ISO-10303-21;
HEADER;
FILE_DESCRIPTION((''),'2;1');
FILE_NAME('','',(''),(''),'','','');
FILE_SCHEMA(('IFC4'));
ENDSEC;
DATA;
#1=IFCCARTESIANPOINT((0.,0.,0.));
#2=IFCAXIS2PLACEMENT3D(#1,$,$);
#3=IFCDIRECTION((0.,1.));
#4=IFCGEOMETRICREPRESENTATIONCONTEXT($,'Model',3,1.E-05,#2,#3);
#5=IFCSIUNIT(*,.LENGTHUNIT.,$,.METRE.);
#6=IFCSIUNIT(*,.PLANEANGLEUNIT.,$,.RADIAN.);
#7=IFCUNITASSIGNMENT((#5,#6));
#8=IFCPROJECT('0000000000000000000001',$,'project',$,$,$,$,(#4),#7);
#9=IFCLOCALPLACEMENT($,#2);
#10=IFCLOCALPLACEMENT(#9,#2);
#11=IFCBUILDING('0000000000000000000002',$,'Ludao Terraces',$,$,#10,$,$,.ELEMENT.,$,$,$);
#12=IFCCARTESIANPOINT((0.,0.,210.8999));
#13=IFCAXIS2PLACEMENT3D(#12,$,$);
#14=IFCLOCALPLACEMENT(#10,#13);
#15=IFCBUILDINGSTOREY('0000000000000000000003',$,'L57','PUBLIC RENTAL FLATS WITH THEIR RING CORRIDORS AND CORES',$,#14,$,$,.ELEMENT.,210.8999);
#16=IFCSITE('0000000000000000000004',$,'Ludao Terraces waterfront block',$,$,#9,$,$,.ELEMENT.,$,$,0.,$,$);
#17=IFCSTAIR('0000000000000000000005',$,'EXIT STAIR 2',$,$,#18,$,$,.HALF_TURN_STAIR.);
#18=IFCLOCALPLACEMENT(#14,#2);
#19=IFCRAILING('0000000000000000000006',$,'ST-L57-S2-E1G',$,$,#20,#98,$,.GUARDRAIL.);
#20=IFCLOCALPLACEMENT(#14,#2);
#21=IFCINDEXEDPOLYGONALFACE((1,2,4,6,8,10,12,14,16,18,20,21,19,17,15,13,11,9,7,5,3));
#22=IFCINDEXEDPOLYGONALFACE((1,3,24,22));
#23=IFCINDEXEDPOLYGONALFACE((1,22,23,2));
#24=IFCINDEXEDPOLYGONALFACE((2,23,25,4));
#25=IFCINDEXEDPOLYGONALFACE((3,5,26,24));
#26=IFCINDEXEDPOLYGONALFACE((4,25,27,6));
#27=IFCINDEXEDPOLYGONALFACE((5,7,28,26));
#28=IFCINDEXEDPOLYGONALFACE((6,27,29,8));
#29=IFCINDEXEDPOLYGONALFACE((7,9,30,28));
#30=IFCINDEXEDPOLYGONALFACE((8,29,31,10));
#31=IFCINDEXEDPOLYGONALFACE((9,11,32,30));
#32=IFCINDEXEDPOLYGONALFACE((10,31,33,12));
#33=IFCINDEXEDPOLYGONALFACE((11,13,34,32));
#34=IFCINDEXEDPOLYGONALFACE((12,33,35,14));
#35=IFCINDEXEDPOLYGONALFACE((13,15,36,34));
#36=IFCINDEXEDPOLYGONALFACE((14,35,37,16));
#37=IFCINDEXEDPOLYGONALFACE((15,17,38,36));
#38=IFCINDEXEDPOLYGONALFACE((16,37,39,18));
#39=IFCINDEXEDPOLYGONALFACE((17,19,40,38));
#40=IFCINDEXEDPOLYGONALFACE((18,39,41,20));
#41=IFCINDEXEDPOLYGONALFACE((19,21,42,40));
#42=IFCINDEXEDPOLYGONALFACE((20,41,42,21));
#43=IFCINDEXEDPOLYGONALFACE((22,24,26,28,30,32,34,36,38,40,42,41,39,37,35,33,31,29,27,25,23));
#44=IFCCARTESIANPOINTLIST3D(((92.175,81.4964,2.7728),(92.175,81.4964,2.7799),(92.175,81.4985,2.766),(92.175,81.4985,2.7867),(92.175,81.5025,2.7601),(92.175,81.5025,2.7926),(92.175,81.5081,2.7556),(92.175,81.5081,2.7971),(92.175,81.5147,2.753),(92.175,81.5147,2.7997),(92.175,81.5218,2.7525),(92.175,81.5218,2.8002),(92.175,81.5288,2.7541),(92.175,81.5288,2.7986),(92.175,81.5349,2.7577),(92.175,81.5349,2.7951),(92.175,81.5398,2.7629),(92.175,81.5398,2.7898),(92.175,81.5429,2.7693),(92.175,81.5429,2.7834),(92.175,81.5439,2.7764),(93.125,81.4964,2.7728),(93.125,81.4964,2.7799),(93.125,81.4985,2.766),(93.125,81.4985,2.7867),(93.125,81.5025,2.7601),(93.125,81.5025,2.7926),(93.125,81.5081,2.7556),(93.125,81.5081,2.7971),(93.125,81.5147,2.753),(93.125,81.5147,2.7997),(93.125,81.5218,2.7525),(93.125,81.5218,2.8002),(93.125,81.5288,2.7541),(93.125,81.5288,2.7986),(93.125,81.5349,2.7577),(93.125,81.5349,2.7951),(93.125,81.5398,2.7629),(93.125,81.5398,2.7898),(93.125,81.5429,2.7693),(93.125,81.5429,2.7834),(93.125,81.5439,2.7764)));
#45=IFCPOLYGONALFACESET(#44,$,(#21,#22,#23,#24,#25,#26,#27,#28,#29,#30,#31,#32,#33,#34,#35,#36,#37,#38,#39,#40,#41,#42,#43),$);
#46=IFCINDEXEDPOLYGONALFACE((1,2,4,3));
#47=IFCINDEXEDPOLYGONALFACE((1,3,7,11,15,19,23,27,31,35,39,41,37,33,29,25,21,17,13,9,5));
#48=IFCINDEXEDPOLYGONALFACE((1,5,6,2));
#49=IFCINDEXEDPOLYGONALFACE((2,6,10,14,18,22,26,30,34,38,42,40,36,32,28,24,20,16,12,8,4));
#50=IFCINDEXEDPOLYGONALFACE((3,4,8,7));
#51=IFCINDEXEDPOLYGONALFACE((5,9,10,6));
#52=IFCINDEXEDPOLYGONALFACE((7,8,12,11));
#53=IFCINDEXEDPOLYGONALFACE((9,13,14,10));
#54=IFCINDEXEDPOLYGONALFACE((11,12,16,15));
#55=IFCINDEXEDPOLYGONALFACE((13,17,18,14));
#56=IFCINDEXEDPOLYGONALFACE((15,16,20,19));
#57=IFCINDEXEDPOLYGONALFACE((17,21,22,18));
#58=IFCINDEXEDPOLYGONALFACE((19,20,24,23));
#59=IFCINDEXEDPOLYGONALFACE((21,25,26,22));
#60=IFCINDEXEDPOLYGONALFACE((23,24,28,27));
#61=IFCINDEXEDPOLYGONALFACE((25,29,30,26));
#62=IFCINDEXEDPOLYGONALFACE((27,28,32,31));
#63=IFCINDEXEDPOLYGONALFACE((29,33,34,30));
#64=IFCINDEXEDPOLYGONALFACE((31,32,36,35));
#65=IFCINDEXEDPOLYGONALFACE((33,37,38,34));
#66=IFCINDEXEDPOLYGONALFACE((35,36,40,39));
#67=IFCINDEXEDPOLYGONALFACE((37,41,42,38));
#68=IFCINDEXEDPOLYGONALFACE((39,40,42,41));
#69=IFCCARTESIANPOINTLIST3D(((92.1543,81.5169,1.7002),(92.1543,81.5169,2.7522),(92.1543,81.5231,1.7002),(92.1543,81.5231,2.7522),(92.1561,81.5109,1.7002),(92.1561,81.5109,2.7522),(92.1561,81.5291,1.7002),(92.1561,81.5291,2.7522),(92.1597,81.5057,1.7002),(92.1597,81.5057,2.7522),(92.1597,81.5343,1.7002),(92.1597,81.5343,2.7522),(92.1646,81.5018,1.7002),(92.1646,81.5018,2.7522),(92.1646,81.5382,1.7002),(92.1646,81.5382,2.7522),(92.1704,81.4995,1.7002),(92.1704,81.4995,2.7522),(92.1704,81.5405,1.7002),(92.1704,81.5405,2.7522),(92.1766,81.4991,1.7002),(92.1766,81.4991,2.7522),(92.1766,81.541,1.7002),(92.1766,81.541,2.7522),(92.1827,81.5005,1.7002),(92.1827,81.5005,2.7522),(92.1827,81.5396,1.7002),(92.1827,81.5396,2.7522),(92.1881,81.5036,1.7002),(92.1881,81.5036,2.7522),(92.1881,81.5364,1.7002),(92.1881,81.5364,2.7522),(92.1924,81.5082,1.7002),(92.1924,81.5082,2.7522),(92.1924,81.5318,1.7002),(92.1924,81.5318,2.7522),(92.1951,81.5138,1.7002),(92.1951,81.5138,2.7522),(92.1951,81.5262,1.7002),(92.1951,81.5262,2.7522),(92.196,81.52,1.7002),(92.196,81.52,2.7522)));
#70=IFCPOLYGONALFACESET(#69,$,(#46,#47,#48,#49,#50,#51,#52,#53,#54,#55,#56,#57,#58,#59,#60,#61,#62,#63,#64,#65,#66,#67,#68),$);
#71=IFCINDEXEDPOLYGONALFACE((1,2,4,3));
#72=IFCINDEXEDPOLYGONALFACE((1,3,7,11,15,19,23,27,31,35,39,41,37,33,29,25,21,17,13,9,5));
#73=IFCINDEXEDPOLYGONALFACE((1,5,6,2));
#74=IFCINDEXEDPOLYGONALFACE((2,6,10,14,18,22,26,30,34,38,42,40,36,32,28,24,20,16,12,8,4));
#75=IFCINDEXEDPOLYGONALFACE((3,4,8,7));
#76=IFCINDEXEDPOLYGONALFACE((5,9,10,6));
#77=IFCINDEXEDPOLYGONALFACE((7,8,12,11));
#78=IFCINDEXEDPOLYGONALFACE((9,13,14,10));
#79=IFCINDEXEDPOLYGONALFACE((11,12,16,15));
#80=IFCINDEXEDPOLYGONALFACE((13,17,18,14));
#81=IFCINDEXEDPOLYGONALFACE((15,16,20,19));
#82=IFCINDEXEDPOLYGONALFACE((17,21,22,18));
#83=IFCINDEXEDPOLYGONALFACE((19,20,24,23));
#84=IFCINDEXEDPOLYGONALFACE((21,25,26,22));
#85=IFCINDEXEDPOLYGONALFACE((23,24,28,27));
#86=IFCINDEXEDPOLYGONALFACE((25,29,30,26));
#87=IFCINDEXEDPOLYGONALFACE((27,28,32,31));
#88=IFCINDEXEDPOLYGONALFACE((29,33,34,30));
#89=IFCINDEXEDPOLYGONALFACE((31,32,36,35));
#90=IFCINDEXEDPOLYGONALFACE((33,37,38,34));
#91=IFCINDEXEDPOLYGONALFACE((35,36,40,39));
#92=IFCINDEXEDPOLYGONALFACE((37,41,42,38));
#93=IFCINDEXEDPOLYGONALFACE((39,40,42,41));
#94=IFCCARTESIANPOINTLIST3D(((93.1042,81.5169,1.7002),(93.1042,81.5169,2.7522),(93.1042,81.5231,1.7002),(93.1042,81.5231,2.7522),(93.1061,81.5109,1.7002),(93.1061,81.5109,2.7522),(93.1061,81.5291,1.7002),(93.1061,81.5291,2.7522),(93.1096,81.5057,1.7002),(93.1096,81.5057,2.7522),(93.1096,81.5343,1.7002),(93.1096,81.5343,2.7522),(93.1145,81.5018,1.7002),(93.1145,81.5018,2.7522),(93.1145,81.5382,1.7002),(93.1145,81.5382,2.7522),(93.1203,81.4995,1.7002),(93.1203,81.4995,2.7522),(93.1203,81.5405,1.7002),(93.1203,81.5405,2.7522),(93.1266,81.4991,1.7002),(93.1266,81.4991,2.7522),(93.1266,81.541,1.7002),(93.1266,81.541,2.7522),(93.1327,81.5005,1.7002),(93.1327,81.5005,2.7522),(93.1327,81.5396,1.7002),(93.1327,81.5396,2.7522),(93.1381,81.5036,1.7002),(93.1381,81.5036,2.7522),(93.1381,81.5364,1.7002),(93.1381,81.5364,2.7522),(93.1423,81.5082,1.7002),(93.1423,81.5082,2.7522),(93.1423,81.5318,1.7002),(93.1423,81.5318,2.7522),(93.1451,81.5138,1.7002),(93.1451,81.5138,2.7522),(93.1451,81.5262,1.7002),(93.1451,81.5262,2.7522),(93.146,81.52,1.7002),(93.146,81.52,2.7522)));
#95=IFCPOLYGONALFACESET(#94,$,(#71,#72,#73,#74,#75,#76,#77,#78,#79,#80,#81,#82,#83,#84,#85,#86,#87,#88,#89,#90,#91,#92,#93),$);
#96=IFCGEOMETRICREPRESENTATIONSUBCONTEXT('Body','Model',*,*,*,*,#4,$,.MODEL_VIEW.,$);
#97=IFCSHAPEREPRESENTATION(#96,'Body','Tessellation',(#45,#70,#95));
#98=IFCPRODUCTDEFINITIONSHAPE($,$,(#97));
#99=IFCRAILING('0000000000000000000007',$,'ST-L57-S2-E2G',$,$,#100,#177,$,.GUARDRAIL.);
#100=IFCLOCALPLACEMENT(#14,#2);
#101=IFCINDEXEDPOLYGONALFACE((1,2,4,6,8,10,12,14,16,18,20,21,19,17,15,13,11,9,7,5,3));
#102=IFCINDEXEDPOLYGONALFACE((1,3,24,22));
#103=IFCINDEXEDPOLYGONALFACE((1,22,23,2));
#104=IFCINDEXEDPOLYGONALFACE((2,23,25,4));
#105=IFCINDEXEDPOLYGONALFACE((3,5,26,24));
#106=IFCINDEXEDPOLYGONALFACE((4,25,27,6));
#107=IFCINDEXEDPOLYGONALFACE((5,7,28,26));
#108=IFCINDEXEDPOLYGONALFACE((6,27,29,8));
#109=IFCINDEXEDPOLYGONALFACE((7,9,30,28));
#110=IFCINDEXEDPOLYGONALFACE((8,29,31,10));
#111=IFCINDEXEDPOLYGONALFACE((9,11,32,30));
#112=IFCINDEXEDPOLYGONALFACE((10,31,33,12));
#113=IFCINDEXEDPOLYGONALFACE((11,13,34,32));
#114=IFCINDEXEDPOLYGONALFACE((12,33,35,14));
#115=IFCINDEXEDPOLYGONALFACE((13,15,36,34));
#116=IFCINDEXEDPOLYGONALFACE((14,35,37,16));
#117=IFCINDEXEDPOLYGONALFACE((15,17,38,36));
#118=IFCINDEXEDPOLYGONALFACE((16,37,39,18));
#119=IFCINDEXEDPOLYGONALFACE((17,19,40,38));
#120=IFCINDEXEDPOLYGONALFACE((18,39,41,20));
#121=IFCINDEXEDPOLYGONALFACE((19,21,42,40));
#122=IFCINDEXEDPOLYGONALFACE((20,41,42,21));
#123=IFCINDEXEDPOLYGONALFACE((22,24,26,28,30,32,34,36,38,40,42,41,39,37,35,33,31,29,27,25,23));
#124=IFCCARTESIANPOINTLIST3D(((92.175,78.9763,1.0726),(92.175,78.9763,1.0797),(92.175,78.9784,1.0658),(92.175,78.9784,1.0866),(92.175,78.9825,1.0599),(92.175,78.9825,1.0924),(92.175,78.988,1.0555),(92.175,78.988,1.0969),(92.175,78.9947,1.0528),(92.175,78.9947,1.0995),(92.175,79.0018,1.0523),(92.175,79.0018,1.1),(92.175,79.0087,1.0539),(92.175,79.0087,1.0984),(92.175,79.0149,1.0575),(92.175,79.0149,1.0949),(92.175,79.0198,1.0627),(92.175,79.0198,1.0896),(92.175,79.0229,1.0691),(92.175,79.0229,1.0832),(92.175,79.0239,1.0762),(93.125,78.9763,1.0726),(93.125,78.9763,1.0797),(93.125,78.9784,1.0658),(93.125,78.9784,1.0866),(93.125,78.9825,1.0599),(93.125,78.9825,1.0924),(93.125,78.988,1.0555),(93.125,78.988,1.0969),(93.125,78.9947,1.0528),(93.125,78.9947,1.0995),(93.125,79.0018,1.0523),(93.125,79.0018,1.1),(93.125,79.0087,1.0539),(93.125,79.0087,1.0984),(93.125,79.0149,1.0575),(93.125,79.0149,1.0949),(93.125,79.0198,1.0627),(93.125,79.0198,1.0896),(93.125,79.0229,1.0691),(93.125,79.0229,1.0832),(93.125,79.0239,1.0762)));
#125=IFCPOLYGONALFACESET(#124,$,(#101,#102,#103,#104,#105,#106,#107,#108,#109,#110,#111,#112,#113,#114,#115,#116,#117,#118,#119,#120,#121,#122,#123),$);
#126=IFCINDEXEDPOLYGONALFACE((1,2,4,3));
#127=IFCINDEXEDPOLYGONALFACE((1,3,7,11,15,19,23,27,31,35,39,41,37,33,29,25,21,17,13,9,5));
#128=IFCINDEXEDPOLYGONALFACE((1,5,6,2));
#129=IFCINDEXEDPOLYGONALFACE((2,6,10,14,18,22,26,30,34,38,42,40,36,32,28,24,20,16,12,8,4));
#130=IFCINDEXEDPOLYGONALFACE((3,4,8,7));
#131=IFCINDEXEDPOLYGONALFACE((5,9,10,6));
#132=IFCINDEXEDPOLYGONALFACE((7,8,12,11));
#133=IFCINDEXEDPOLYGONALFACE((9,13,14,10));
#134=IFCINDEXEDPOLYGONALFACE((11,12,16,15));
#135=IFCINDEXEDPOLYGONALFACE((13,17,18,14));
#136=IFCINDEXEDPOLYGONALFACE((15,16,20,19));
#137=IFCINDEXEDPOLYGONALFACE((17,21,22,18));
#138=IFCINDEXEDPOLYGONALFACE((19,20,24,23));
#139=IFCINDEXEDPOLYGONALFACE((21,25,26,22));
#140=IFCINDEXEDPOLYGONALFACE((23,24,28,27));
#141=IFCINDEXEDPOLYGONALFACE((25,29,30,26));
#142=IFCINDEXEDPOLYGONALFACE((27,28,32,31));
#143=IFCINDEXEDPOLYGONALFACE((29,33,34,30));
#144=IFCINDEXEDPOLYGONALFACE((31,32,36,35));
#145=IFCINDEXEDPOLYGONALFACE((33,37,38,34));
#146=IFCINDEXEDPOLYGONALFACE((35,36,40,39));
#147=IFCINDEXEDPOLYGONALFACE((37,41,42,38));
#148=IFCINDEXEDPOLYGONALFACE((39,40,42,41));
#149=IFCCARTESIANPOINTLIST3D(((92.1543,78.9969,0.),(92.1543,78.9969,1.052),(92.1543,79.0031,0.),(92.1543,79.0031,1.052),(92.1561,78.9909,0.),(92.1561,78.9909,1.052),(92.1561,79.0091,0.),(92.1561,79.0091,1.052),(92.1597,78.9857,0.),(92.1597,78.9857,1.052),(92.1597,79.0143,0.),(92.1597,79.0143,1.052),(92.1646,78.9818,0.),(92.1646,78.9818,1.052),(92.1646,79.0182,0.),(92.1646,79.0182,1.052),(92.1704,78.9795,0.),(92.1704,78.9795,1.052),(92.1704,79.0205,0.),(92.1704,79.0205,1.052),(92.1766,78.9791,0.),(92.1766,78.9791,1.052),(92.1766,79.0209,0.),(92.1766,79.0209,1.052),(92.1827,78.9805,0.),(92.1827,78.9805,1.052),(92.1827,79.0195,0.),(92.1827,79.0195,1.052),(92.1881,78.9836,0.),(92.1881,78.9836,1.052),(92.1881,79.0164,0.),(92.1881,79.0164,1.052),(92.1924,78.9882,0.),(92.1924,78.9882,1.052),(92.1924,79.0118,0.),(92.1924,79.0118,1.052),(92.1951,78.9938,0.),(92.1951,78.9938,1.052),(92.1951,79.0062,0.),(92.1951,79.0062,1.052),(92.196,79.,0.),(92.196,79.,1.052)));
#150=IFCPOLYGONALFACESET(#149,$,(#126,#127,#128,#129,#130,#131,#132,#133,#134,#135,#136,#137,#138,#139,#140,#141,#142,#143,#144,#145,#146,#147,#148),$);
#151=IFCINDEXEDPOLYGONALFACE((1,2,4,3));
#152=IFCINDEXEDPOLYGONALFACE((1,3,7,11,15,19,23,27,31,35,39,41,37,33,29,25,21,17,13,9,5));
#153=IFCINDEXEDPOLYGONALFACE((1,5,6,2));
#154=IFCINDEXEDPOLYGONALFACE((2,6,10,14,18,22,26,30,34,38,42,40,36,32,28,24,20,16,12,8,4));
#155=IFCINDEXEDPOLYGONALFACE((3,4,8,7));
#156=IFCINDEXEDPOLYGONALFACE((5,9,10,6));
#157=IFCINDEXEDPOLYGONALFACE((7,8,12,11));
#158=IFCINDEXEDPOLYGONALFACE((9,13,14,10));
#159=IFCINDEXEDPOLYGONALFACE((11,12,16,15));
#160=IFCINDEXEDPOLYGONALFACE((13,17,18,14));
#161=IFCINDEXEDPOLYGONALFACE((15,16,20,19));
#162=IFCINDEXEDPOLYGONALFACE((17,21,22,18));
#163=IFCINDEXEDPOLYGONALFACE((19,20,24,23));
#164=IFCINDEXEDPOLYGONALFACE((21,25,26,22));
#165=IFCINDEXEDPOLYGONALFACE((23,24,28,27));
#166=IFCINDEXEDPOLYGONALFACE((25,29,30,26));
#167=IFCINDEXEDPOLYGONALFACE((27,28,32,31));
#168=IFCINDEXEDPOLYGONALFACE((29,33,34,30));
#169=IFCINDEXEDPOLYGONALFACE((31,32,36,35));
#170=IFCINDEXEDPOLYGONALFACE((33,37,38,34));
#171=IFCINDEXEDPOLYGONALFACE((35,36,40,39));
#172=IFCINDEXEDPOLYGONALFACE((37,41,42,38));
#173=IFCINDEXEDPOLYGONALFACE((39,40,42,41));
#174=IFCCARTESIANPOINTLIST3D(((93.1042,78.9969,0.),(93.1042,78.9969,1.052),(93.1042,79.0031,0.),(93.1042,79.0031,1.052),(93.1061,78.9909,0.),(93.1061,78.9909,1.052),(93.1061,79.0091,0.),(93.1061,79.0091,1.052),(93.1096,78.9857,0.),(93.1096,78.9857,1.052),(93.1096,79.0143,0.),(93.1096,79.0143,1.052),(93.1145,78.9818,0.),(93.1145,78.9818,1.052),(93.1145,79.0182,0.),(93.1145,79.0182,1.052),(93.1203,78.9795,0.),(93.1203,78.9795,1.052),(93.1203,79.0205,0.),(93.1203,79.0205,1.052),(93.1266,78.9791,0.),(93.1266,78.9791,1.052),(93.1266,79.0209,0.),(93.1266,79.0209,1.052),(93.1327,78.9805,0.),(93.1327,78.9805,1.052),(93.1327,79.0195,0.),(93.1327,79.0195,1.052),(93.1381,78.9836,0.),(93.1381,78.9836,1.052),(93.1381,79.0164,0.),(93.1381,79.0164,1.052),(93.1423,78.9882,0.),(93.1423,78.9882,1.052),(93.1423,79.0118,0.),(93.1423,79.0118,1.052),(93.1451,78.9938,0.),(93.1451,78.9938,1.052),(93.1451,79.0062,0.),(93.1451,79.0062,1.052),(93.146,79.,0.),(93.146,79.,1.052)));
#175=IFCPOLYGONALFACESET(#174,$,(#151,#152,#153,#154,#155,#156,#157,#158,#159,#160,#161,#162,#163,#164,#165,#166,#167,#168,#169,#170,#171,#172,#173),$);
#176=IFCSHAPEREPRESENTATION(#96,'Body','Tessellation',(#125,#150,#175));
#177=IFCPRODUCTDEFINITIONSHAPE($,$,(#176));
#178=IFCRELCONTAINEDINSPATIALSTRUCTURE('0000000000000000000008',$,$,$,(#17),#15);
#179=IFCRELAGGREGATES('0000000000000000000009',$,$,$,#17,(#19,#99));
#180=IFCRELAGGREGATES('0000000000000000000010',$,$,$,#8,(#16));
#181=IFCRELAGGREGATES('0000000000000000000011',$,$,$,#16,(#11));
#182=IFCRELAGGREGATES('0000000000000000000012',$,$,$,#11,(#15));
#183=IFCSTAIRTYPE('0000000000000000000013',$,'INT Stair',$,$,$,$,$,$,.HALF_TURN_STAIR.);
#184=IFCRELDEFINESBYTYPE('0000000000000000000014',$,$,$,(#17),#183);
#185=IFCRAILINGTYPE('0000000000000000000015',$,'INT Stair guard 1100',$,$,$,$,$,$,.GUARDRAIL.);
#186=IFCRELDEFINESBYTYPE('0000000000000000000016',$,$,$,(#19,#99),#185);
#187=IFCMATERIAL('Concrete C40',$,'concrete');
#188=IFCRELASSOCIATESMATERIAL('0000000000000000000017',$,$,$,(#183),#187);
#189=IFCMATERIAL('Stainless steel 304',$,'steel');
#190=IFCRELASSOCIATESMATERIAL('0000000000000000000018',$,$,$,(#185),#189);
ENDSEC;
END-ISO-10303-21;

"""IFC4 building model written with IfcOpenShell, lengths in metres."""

from ifc_helpers import new_model, si_unit, direction, frame, origin, origin_2d, place, context, subcontext, project, spatial, circle, extrude, material, type_object, element, aggregate, save


model = new_model("IFC4")

# Units and contexts
model_context = context("Model", 3, precision=1e-05, world=origin(), true_north=direction((0.0, 1.0)))
body_context = subcontext(model_context, "Body", "Model", "MODEL_VIEW")
ifc_project = project(units=[si_unit("LENGTHUNIT", "METRE"), si_unit("PLANEANGLEUNIT", "RADIAN")], contexts=[model_context])

# Site, building, storey
site_placement = place(None, origin())
site = spatial("IfcSite", under=ifc_project, at=site_placement, Name="Ludao Terraces waterfront block", CompositionType="ELEMENT", RefElevation=0.0)
building_placement = place(site_placement, origin())
building = spatial("IfcBuilding", under=site, at=building_placement, Name="Ludao Terraces", CompositionType="ELEMENT")
storey_placement = place(building_placement, frame((0.0, 0.0, 210.8999)))
storey = spatial("IfcBuildingStorey", under=building, at=storey_placement, Name="L57", Description="PUBLIC RENTAL FLATS WITH THEIR RING CORRIDORS AND CORES", CompositionType="ELEMENT", Elevation=210.8999)

# Stair, railings
ifc_material_1 = material(Name="Concrete C40", Category="concrete")
stair_type = type_object("IfcStairType", Name="INT Stair", PredefinedType="HALF_TURN_STAIR", material=ifc_material_1)
stair_placement = place(storey_placement, origin())
stair = element("IfcStair", 1, at=stair_placement, inside=storey, type_object=stair_type, Name="EXIT STAIR 2", PredefinedType="HALF_TURN_STAIR")
ifc_material_2 = material(Name="Stainless steel 304", Category="steel")
railing_type_1 = type_object("IfcRailingType", Name="INT Stair guard 1100", PredefinedType="GUARDRAIL", material=ifc_material_2)
railing_1_placement = place(storey_placement, frame((92.175, 81.52, 1.7002)))
railing_1 = element("IfcRailing", 2, at=railing_1_placement, type_object=railing_type_1, Name="ST-L57-S2-E1G", PredefinedType="GUARDRAIL", context=body_context, shape_type="SweptSolid", body=[
    extrude(circle(Radius=0.0239, at=origin_2d()), frame((0.0, 0.0, 1.0762), z_axis=(1.0, 0.0, 0.0), x_axis=(0.0, 1.0, 0.0)), (0.0, 0.0, 1.0), 0.95),
    extrude(circle(Radius=0.021, at=origin_2d()), origin(), (0.0, 0.0, 1.0), 1.052),
    extrude(circle(Radius=0.021, at=origin_2d()), frame((0.95, 0.0, 0.0)), (0.0, 0.0, 1.0), 1.052),
])
railing_2_placement = place(storey_placement, frame((92.175, 79.0, 0.0)))
railing_2 = element("IfcRailing", 3, at=railing_2_placement, type_object=railing_type_1, Name="ST-L57-S2-E2G", PredefinedType="GUARDRAIL", context=body_context, shape_type="SweptSolid", body=[
    extrude(circle(Radius=0.0239, at=origin_2d()), frame((0.0, 0.0, 1.0762), z_axis=(1.0, 0.0, 0.0), x_axis=(0.0, 1.0, 0.0)), (0.0, 0.0, 1.0), 0.95),
    extrude(circle(Radius=0.021, at=origin_2d()), origin(), (0.0, 0.0, 1.0), 1.052),
    extrude(circle(Radius=0.021, at=origin_2d()), frame((0.95, 0.0, 0.0)), (0.0, 0.0, 1.0), 1.052),
])
aggregate(stair, [railing_1, railing_2])

save(model, "model.ifc")
